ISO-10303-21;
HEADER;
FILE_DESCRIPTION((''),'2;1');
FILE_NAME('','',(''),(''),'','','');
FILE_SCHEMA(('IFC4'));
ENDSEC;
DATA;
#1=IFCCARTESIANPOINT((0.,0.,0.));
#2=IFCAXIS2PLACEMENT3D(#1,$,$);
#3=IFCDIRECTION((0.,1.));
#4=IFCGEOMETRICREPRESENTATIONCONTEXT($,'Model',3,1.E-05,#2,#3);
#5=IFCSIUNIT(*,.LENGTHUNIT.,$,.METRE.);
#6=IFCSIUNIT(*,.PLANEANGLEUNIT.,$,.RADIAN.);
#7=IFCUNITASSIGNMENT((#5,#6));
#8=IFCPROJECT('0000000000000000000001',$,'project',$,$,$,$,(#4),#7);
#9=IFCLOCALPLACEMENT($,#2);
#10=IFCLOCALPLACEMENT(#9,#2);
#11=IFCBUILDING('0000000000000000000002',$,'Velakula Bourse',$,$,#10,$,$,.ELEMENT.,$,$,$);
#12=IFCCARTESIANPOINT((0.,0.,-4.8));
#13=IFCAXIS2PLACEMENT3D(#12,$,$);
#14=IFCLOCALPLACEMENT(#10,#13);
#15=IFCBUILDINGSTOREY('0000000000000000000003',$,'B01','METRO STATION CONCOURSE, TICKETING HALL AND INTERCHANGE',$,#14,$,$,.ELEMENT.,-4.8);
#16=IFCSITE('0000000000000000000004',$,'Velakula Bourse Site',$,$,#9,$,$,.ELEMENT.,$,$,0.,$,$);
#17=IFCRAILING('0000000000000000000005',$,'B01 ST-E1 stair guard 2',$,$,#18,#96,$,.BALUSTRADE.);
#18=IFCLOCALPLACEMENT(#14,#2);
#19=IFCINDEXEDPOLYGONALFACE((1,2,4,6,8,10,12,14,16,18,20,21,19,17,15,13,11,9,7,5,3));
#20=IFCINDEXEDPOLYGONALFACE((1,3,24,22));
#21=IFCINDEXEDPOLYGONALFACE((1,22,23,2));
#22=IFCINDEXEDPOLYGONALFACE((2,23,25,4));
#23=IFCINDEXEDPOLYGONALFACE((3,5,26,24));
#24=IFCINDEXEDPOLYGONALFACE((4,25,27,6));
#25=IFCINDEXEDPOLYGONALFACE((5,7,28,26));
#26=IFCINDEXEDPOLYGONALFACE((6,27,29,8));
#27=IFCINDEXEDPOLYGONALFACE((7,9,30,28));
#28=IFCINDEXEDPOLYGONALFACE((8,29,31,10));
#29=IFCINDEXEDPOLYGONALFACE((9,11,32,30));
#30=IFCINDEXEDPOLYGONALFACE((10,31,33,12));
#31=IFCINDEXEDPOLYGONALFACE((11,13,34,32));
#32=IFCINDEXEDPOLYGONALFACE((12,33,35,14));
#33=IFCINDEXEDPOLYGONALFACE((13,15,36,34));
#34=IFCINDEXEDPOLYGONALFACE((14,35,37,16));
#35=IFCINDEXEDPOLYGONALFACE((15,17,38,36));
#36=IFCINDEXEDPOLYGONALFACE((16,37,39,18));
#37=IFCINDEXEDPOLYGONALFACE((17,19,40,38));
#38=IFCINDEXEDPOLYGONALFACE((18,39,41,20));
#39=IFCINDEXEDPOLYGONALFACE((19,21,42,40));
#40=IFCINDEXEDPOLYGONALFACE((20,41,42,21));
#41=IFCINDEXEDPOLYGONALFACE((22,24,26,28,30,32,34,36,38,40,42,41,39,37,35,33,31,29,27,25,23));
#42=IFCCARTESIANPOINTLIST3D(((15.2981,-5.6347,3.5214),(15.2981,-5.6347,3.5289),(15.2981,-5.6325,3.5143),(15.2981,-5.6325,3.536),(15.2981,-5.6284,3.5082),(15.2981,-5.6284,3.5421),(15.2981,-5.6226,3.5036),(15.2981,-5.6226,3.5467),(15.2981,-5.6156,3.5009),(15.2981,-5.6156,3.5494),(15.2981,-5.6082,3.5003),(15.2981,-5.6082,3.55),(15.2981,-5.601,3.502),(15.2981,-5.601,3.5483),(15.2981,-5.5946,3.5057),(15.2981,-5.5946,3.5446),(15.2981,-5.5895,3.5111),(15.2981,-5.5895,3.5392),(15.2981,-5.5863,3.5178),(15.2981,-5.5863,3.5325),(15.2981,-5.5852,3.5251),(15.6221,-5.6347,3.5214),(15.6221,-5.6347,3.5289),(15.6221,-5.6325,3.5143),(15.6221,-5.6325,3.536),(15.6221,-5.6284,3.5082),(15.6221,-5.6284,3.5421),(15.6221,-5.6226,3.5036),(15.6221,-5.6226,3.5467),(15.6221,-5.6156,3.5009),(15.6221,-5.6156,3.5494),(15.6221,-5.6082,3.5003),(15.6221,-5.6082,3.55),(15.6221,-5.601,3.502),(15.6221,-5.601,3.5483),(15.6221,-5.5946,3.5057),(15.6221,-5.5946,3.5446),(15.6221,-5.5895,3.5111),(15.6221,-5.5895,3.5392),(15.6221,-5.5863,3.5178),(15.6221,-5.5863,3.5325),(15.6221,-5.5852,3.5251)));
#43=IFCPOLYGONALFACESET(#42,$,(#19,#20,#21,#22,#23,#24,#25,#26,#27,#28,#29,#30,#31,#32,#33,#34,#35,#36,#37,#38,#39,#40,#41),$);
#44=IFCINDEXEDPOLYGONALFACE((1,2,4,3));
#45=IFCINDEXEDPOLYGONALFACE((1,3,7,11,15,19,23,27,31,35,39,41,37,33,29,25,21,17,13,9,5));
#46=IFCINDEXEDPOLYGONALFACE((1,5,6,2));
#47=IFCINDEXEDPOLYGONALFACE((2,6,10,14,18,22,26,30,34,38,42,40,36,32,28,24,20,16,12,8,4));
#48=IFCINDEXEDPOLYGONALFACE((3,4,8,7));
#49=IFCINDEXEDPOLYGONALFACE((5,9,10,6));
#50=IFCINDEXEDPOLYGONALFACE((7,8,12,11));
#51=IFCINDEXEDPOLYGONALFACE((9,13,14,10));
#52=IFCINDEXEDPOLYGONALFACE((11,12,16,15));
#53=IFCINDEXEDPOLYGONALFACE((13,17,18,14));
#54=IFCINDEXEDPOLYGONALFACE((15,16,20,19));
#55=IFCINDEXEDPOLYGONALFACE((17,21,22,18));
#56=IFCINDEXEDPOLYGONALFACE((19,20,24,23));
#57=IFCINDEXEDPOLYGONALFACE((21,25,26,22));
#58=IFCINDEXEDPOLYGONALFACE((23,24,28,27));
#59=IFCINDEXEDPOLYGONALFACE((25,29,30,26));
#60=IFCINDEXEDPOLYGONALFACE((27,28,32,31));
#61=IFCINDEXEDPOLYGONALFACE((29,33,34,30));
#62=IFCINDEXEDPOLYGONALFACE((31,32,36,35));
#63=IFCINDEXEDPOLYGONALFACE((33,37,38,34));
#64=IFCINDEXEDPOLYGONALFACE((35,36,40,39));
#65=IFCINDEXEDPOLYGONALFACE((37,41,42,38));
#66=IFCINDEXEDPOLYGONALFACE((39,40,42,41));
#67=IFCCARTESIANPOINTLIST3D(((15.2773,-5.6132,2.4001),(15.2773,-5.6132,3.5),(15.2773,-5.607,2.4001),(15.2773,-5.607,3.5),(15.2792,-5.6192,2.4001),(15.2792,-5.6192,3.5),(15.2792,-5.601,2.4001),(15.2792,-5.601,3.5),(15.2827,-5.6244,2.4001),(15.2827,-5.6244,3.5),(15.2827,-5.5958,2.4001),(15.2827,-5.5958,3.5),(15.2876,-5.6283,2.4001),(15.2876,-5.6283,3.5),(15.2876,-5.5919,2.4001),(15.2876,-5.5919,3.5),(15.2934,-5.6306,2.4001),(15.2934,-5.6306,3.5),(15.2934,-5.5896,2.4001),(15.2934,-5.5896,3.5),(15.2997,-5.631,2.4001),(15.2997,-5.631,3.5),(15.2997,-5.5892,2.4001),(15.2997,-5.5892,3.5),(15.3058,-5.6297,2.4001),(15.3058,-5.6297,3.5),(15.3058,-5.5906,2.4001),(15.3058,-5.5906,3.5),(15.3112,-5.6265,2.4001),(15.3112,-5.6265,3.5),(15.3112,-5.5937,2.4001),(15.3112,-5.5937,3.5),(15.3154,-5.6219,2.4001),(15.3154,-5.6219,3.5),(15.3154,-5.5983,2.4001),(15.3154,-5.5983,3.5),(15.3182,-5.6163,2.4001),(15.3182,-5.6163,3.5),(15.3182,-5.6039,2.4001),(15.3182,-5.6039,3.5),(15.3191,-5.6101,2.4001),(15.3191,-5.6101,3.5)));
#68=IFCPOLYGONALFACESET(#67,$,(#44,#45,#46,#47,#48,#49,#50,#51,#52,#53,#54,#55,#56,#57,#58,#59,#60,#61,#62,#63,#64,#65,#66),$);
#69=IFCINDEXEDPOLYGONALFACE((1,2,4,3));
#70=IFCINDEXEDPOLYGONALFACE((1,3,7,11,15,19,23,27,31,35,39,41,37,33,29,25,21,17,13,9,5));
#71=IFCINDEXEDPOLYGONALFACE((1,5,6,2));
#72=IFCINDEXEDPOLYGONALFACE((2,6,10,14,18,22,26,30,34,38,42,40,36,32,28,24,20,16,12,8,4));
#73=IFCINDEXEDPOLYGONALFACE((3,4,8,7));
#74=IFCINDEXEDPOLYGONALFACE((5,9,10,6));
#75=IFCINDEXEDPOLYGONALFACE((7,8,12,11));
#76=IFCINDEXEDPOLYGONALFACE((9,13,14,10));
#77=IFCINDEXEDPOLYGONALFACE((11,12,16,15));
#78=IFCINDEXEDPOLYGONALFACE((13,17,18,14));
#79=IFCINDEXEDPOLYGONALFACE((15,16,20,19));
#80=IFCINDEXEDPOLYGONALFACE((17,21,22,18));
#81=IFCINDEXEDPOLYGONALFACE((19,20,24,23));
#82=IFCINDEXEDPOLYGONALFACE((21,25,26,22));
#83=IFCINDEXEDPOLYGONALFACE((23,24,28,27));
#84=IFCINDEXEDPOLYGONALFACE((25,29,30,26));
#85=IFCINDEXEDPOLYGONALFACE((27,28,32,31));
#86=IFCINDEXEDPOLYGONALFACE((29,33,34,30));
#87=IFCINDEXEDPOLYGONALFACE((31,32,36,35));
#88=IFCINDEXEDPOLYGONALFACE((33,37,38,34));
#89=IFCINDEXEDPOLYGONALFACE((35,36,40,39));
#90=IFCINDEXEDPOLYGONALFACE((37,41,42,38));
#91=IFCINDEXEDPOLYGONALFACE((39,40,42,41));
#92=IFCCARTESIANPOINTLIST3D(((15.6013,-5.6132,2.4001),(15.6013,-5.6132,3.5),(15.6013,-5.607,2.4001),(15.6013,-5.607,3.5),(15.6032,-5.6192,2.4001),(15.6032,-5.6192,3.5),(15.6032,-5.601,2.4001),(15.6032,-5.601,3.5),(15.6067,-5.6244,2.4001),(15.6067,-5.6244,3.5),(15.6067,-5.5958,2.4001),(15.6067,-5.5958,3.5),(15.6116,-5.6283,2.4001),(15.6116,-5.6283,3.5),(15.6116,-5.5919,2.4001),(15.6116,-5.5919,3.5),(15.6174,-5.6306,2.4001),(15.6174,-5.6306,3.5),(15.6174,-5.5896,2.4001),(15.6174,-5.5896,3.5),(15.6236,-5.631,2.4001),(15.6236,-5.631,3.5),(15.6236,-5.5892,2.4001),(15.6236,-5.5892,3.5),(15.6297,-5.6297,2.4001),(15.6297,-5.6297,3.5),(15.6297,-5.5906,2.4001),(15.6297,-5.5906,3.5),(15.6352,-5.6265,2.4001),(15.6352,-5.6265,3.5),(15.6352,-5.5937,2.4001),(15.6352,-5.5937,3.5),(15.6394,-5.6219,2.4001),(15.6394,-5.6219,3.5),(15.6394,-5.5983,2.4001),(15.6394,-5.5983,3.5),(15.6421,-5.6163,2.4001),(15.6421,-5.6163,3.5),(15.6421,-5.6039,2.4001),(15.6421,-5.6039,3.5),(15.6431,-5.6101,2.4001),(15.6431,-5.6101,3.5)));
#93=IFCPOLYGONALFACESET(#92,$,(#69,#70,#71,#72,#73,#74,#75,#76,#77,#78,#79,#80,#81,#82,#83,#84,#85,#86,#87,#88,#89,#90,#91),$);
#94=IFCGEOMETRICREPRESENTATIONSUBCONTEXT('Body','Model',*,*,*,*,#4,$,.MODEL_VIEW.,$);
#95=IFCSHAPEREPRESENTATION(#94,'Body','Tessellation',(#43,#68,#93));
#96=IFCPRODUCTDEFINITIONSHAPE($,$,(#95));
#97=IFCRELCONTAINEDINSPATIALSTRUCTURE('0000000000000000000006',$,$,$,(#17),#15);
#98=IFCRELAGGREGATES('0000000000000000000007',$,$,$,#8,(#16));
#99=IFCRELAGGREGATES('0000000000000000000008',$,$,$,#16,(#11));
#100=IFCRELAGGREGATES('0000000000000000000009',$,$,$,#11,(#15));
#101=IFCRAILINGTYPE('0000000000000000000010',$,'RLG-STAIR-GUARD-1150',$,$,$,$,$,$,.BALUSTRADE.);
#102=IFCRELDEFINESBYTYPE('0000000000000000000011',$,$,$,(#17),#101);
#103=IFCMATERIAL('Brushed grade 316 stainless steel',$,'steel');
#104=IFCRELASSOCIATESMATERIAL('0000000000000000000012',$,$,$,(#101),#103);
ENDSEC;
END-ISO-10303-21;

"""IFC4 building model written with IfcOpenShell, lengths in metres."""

from ifc_helpers import new_model, si_unit, direction, frame, origin, origin_2d, place, context, subcontext, project, spatial, circle, extrude, material, type_object, element, save


model = new_model("IFC4")

# Units and contexts
model_context = context("Model", 3, precision=1e-05, world=origin(), true_north=direction((0.0, 1.0)))
body_context = subcontext(model_context, "Body", "Model", "MODEL_VIEW")
ifc_project = project(units=[si_unit("LENGTHUNIT", "METRE"), si_unit("PLANEANGLEUNIT", "RADIAN")], contexts=[model_context])

# Site, building, storey
site_placement = place(None, origin())
site = spatial("IfcSite", under=ifc_project, at=site_placement, Name="Velakula Bourse Site", CompositionType="ELEMENT", RefElevation=0.0)
building_placement = place(site_placement, origin())
building = spatial("IfcBuilding", under=site, at=building_placement, Name="Velakula Bourse", CompositionType="ELEMENT")
storey_placement = place(building_placement, frame((0.0, 0.0, -4.8)))
storey = spatial("IfcBuildingStorey", under=building, at=storey_placement, Name="B01", Description="METRO STATION CONCOURSE, TICKETING HALL AND INTERCHANGE", CompositionType="ELEMENT", Elevation=-4.8)

# Railing
ifc_material_1 = material(Name="Brushed grade 316 stainless steel", Category="steel")
railing_type_1 = type_object("IfcRailingType", Name="RLG-STAIR-GUARD-1150", PredefinedType="BALUSTRADE", material=ifc_material_1)
railing_1_placement = place(storey_placement, frame((15.2981, -5.6101, 2.4001)))
element("IfcRailing", 1, at=railing_1_placement, inside=storey, type_object=railing_type_1, Name="B01 ST-E1 stair guard 2", PredefinedType="BALUSTRADE", context=body_context, shape_type="SweptSolid", body=[
    extrude(circle(Radius=0.0249, at=origin_2d()), frame((0.0, 0.0, 1.125), z_axis=(1.0, 0.0, 0.0), x_axis=(0.0, 1.0, 0.0)), (0.0, 0.0, 1.0), 0.324),
    extrude(circle(Radius=0.021, at=origin_2d()), origin(), (0.0, 0.0, 1.0), 1.0999),
    extrude(circle(Radius=0.021, at=origin_2d()), frame((0.324, 0.0, 0.0)), (0.0, 0.0, 1.0), 1.0999),
])

save(model, "model.ifc")
